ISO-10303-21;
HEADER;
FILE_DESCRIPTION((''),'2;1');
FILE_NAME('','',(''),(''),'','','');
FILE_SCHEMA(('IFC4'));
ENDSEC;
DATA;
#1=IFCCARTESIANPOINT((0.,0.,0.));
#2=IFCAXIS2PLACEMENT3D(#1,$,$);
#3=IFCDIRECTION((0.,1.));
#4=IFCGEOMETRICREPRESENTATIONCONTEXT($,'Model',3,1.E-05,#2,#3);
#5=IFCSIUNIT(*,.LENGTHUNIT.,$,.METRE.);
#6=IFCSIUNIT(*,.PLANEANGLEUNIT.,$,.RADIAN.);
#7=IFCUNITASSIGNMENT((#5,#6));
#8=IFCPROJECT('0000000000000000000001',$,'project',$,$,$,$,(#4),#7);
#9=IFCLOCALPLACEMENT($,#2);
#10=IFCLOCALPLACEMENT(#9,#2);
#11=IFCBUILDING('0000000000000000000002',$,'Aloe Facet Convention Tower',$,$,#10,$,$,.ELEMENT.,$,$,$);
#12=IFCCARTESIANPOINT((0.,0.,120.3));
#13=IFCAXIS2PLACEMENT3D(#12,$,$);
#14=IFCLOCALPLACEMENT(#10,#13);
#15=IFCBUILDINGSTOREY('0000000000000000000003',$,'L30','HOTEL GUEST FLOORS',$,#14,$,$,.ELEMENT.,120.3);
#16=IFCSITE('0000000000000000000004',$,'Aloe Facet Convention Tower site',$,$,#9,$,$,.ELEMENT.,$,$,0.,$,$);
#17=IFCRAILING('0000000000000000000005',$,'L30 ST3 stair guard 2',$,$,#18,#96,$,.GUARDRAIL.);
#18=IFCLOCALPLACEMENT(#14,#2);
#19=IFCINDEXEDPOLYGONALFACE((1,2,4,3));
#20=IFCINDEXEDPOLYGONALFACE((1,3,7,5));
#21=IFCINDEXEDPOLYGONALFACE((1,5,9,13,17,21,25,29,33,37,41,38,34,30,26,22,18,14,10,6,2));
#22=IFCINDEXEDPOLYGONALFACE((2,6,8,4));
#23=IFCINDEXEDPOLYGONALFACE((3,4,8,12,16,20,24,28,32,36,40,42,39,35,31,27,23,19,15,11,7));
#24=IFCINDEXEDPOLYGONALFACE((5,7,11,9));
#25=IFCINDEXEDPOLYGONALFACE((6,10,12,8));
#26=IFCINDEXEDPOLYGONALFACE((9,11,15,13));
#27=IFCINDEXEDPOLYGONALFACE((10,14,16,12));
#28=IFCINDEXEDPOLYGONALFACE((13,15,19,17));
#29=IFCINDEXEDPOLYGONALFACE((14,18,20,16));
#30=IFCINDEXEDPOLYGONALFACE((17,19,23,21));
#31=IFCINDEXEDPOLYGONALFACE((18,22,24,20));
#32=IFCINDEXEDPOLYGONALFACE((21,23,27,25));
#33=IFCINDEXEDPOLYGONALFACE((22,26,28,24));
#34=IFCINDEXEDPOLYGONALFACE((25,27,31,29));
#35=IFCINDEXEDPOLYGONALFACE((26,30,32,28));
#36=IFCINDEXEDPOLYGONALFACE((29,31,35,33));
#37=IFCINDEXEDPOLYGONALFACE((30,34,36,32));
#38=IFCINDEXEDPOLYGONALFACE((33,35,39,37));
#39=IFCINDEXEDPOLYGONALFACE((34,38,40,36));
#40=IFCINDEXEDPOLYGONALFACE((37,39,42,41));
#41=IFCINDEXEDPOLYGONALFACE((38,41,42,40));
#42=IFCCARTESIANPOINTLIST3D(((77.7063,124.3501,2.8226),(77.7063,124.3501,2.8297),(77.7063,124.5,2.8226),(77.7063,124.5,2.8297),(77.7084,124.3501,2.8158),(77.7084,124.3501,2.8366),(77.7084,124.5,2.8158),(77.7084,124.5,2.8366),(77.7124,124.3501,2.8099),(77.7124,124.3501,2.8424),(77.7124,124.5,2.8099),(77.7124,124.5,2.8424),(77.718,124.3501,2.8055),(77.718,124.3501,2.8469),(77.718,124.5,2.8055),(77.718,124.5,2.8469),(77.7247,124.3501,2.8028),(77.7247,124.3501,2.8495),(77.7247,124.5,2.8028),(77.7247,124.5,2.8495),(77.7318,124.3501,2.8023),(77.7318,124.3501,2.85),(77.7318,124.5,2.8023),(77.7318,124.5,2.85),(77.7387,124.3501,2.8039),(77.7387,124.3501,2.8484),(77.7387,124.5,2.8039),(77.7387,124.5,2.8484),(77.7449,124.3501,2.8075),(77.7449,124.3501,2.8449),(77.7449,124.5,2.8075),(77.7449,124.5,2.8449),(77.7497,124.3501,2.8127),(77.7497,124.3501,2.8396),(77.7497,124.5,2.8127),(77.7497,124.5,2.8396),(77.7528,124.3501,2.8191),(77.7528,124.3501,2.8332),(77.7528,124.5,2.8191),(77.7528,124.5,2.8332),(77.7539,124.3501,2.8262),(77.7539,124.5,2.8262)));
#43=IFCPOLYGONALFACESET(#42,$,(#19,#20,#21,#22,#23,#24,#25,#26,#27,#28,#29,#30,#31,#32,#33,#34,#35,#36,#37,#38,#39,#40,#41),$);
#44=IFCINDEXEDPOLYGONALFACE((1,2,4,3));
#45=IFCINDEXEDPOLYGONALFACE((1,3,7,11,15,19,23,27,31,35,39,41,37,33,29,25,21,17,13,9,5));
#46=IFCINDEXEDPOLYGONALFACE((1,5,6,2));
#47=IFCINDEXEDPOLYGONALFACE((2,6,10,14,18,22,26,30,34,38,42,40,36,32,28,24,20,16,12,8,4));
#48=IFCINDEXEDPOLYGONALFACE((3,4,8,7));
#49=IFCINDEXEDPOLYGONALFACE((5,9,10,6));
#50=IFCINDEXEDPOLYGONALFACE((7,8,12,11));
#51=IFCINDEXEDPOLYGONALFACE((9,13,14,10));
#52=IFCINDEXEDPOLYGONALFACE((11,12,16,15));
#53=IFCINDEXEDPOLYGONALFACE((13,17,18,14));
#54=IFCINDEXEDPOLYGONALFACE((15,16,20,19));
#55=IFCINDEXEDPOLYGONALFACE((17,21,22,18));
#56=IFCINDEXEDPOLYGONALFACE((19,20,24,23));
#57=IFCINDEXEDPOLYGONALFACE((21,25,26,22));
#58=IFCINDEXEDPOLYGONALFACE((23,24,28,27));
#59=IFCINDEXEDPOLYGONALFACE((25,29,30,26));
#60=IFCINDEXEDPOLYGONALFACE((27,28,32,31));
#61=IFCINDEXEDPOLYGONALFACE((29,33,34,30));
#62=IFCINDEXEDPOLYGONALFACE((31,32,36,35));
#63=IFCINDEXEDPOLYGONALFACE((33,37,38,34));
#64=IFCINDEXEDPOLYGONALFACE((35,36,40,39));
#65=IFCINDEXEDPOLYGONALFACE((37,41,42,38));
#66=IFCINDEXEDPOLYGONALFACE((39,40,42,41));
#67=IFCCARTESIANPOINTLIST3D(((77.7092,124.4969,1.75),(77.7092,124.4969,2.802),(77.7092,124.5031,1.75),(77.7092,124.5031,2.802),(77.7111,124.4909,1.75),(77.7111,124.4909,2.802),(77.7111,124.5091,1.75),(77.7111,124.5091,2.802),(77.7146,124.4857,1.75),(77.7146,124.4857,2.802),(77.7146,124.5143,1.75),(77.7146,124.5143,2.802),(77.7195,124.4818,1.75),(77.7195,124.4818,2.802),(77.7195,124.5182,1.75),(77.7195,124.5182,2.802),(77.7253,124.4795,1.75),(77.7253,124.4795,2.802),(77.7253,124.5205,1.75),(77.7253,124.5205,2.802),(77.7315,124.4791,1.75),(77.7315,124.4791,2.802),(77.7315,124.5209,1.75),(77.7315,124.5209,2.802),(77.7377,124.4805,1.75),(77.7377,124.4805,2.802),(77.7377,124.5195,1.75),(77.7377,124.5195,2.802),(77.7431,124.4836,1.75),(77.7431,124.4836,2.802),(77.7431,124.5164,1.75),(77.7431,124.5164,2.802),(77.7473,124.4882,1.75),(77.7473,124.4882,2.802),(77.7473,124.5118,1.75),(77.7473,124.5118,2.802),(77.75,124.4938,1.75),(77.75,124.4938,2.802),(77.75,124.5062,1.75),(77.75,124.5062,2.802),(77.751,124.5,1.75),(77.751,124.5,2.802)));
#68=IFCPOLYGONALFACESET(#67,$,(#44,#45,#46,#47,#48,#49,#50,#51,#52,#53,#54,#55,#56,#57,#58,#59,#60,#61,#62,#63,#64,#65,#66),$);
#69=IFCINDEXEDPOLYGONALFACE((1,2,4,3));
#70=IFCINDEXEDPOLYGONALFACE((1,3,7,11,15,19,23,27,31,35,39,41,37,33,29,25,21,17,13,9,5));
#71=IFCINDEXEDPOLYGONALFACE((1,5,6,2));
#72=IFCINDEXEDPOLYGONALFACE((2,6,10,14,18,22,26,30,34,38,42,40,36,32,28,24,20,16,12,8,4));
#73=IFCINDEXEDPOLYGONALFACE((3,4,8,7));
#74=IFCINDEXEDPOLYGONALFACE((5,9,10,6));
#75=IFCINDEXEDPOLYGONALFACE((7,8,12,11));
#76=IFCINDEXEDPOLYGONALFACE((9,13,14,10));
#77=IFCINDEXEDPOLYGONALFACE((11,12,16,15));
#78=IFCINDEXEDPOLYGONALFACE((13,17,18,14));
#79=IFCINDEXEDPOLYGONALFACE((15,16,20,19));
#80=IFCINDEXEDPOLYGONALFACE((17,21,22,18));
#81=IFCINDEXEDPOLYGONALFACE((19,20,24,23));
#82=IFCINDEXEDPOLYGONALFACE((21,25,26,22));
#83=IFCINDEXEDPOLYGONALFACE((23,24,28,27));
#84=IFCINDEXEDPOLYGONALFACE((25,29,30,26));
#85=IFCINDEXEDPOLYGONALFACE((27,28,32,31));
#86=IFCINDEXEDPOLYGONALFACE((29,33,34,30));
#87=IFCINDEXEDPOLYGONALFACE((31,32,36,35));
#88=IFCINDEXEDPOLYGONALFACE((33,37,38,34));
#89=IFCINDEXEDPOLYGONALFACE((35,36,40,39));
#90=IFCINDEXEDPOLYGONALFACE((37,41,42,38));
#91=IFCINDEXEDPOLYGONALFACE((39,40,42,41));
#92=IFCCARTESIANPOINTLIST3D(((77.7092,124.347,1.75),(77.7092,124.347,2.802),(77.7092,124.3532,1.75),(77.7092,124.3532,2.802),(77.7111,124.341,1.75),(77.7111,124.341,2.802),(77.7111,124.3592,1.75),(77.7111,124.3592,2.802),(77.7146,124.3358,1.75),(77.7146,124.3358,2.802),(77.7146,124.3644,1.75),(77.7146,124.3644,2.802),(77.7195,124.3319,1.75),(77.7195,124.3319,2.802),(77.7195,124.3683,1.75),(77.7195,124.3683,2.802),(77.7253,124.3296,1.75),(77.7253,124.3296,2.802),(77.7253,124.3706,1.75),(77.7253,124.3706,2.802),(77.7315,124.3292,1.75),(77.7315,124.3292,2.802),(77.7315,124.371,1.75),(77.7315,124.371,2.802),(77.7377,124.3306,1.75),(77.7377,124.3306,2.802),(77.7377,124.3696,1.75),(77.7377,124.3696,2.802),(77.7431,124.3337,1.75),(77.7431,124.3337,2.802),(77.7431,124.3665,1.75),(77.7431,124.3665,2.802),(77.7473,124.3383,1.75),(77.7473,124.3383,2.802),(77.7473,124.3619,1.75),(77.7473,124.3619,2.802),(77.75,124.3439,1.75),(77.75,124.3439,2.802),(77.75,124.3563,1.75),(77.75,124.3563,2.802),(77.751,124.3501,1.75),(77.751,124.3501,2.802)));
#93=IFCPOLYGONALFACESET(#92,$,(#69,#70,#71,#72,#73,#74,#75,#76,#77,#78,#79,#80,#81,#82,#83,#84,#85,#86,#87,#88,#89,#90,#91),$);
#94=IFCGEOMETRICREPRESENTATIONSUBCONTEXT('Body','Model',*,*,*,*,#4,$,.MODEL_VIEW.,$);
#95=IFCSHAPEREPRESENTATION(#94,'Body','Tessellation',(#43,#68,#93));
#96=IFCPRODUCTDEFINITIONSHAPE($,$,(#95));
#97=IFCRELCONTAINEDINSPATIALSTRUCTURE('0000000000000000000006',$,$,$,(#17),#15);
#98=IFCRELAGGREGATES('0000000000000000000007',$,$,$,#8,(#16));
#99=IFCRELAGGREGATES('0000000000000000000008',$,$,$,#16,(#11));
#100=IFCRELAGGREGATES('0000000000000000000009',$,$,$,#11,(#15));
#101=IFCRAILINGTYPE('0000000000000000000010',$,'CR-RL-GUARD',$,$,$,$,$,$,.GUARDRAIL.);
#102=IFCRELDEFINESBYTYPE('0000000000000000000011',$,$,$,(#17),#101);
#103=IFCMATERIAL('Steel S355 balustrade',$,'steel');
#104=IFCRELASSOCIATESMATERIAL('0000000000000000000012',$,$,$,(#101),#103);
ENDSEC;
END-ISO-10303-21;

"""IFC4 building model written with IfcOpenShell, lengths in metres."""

from ifc_helpers import new_model, si_unit, direction, frame, origin, origin_2d, place, context, subcontext, project, spatial, circle, extrude, material, type_object, element, save


model = new_model("IFC4")

# Units and contexts
model_context = context("Model", 3, precision=1e-05, world=origin(), true_north=direction((0.0, 1.0)))
body_context = subcontext(model_context, "Body", "Model", "MODEL_VIEW")
ifc_project = project(units=[si_unit("LENGTHUNIT", "METRE"), si_unit("PLANEANGLEUNIT", "RADIAN")], contexts=[model_context])

# Site, building, storey
site_placement = place(None, origin())
site = spatial("IfcSite", under=ifc_project, at=site_placement, Name="Aloe Facet Convention Tower site", CompositionType="ELEMENT", RefElevation=0.0)
building_placement = place(site_placement, origin())
building = spatial("IfcBuilding", under=site, at=building_placement, Name="Aloe Facet Convention Tower", CompositionType="ELEMENT")
storey_placement = place(building_placement, frame((0.0, 0.0, 120.3)))
storey = spatial("IfcBuildingStorey", under=building, at=storey_placement, Name="L30", Description="HOTEL GUEST FLOORS", CompositionType="ELEMENT", Elevation=120.3)

# Railing
ifc_material_1 = material(Name="Steel S355 balustrade", Category="steel")
railing_type_1 = type_object("IfcRailingType", Name="CR-RL-GUARD", PredefinedType="GUARDRAIL", material=ifc_material_1)
railing_1_placement = place(storey_placement, frame((77.73, 124.5, 1.75)))
element("IfcRailing", 1, at=railing_1_placement, inside=storey, type_object=railing_type_1, Name="L30 ST3 stair guard 2", PredefinedType="GUARDRAIL", context=body_context, shape_type="SweptSolid", body=[
    extrude(circle(Radius=0.0239, at=origin_2d()), frame((0.0, 0.0, 1.0762), z_axis=(0.0, -1.0, 0.0), x_axis=(1.0, 0.0, 0.0)), (0.0, 0.0, 1.0), 0.1499),
    extrude(circle(Radius=0.021, at=origin_2d()), origin(), (0.0, 0.0, 1.0), 1.052),
    extrude(circle(Radius=0.021, at=origin_2d()), frame((0.0, -0.1499, 0.0)), (0.0, 0.0, 1.0), 1.052),
])

save(model, "model.ifc")
